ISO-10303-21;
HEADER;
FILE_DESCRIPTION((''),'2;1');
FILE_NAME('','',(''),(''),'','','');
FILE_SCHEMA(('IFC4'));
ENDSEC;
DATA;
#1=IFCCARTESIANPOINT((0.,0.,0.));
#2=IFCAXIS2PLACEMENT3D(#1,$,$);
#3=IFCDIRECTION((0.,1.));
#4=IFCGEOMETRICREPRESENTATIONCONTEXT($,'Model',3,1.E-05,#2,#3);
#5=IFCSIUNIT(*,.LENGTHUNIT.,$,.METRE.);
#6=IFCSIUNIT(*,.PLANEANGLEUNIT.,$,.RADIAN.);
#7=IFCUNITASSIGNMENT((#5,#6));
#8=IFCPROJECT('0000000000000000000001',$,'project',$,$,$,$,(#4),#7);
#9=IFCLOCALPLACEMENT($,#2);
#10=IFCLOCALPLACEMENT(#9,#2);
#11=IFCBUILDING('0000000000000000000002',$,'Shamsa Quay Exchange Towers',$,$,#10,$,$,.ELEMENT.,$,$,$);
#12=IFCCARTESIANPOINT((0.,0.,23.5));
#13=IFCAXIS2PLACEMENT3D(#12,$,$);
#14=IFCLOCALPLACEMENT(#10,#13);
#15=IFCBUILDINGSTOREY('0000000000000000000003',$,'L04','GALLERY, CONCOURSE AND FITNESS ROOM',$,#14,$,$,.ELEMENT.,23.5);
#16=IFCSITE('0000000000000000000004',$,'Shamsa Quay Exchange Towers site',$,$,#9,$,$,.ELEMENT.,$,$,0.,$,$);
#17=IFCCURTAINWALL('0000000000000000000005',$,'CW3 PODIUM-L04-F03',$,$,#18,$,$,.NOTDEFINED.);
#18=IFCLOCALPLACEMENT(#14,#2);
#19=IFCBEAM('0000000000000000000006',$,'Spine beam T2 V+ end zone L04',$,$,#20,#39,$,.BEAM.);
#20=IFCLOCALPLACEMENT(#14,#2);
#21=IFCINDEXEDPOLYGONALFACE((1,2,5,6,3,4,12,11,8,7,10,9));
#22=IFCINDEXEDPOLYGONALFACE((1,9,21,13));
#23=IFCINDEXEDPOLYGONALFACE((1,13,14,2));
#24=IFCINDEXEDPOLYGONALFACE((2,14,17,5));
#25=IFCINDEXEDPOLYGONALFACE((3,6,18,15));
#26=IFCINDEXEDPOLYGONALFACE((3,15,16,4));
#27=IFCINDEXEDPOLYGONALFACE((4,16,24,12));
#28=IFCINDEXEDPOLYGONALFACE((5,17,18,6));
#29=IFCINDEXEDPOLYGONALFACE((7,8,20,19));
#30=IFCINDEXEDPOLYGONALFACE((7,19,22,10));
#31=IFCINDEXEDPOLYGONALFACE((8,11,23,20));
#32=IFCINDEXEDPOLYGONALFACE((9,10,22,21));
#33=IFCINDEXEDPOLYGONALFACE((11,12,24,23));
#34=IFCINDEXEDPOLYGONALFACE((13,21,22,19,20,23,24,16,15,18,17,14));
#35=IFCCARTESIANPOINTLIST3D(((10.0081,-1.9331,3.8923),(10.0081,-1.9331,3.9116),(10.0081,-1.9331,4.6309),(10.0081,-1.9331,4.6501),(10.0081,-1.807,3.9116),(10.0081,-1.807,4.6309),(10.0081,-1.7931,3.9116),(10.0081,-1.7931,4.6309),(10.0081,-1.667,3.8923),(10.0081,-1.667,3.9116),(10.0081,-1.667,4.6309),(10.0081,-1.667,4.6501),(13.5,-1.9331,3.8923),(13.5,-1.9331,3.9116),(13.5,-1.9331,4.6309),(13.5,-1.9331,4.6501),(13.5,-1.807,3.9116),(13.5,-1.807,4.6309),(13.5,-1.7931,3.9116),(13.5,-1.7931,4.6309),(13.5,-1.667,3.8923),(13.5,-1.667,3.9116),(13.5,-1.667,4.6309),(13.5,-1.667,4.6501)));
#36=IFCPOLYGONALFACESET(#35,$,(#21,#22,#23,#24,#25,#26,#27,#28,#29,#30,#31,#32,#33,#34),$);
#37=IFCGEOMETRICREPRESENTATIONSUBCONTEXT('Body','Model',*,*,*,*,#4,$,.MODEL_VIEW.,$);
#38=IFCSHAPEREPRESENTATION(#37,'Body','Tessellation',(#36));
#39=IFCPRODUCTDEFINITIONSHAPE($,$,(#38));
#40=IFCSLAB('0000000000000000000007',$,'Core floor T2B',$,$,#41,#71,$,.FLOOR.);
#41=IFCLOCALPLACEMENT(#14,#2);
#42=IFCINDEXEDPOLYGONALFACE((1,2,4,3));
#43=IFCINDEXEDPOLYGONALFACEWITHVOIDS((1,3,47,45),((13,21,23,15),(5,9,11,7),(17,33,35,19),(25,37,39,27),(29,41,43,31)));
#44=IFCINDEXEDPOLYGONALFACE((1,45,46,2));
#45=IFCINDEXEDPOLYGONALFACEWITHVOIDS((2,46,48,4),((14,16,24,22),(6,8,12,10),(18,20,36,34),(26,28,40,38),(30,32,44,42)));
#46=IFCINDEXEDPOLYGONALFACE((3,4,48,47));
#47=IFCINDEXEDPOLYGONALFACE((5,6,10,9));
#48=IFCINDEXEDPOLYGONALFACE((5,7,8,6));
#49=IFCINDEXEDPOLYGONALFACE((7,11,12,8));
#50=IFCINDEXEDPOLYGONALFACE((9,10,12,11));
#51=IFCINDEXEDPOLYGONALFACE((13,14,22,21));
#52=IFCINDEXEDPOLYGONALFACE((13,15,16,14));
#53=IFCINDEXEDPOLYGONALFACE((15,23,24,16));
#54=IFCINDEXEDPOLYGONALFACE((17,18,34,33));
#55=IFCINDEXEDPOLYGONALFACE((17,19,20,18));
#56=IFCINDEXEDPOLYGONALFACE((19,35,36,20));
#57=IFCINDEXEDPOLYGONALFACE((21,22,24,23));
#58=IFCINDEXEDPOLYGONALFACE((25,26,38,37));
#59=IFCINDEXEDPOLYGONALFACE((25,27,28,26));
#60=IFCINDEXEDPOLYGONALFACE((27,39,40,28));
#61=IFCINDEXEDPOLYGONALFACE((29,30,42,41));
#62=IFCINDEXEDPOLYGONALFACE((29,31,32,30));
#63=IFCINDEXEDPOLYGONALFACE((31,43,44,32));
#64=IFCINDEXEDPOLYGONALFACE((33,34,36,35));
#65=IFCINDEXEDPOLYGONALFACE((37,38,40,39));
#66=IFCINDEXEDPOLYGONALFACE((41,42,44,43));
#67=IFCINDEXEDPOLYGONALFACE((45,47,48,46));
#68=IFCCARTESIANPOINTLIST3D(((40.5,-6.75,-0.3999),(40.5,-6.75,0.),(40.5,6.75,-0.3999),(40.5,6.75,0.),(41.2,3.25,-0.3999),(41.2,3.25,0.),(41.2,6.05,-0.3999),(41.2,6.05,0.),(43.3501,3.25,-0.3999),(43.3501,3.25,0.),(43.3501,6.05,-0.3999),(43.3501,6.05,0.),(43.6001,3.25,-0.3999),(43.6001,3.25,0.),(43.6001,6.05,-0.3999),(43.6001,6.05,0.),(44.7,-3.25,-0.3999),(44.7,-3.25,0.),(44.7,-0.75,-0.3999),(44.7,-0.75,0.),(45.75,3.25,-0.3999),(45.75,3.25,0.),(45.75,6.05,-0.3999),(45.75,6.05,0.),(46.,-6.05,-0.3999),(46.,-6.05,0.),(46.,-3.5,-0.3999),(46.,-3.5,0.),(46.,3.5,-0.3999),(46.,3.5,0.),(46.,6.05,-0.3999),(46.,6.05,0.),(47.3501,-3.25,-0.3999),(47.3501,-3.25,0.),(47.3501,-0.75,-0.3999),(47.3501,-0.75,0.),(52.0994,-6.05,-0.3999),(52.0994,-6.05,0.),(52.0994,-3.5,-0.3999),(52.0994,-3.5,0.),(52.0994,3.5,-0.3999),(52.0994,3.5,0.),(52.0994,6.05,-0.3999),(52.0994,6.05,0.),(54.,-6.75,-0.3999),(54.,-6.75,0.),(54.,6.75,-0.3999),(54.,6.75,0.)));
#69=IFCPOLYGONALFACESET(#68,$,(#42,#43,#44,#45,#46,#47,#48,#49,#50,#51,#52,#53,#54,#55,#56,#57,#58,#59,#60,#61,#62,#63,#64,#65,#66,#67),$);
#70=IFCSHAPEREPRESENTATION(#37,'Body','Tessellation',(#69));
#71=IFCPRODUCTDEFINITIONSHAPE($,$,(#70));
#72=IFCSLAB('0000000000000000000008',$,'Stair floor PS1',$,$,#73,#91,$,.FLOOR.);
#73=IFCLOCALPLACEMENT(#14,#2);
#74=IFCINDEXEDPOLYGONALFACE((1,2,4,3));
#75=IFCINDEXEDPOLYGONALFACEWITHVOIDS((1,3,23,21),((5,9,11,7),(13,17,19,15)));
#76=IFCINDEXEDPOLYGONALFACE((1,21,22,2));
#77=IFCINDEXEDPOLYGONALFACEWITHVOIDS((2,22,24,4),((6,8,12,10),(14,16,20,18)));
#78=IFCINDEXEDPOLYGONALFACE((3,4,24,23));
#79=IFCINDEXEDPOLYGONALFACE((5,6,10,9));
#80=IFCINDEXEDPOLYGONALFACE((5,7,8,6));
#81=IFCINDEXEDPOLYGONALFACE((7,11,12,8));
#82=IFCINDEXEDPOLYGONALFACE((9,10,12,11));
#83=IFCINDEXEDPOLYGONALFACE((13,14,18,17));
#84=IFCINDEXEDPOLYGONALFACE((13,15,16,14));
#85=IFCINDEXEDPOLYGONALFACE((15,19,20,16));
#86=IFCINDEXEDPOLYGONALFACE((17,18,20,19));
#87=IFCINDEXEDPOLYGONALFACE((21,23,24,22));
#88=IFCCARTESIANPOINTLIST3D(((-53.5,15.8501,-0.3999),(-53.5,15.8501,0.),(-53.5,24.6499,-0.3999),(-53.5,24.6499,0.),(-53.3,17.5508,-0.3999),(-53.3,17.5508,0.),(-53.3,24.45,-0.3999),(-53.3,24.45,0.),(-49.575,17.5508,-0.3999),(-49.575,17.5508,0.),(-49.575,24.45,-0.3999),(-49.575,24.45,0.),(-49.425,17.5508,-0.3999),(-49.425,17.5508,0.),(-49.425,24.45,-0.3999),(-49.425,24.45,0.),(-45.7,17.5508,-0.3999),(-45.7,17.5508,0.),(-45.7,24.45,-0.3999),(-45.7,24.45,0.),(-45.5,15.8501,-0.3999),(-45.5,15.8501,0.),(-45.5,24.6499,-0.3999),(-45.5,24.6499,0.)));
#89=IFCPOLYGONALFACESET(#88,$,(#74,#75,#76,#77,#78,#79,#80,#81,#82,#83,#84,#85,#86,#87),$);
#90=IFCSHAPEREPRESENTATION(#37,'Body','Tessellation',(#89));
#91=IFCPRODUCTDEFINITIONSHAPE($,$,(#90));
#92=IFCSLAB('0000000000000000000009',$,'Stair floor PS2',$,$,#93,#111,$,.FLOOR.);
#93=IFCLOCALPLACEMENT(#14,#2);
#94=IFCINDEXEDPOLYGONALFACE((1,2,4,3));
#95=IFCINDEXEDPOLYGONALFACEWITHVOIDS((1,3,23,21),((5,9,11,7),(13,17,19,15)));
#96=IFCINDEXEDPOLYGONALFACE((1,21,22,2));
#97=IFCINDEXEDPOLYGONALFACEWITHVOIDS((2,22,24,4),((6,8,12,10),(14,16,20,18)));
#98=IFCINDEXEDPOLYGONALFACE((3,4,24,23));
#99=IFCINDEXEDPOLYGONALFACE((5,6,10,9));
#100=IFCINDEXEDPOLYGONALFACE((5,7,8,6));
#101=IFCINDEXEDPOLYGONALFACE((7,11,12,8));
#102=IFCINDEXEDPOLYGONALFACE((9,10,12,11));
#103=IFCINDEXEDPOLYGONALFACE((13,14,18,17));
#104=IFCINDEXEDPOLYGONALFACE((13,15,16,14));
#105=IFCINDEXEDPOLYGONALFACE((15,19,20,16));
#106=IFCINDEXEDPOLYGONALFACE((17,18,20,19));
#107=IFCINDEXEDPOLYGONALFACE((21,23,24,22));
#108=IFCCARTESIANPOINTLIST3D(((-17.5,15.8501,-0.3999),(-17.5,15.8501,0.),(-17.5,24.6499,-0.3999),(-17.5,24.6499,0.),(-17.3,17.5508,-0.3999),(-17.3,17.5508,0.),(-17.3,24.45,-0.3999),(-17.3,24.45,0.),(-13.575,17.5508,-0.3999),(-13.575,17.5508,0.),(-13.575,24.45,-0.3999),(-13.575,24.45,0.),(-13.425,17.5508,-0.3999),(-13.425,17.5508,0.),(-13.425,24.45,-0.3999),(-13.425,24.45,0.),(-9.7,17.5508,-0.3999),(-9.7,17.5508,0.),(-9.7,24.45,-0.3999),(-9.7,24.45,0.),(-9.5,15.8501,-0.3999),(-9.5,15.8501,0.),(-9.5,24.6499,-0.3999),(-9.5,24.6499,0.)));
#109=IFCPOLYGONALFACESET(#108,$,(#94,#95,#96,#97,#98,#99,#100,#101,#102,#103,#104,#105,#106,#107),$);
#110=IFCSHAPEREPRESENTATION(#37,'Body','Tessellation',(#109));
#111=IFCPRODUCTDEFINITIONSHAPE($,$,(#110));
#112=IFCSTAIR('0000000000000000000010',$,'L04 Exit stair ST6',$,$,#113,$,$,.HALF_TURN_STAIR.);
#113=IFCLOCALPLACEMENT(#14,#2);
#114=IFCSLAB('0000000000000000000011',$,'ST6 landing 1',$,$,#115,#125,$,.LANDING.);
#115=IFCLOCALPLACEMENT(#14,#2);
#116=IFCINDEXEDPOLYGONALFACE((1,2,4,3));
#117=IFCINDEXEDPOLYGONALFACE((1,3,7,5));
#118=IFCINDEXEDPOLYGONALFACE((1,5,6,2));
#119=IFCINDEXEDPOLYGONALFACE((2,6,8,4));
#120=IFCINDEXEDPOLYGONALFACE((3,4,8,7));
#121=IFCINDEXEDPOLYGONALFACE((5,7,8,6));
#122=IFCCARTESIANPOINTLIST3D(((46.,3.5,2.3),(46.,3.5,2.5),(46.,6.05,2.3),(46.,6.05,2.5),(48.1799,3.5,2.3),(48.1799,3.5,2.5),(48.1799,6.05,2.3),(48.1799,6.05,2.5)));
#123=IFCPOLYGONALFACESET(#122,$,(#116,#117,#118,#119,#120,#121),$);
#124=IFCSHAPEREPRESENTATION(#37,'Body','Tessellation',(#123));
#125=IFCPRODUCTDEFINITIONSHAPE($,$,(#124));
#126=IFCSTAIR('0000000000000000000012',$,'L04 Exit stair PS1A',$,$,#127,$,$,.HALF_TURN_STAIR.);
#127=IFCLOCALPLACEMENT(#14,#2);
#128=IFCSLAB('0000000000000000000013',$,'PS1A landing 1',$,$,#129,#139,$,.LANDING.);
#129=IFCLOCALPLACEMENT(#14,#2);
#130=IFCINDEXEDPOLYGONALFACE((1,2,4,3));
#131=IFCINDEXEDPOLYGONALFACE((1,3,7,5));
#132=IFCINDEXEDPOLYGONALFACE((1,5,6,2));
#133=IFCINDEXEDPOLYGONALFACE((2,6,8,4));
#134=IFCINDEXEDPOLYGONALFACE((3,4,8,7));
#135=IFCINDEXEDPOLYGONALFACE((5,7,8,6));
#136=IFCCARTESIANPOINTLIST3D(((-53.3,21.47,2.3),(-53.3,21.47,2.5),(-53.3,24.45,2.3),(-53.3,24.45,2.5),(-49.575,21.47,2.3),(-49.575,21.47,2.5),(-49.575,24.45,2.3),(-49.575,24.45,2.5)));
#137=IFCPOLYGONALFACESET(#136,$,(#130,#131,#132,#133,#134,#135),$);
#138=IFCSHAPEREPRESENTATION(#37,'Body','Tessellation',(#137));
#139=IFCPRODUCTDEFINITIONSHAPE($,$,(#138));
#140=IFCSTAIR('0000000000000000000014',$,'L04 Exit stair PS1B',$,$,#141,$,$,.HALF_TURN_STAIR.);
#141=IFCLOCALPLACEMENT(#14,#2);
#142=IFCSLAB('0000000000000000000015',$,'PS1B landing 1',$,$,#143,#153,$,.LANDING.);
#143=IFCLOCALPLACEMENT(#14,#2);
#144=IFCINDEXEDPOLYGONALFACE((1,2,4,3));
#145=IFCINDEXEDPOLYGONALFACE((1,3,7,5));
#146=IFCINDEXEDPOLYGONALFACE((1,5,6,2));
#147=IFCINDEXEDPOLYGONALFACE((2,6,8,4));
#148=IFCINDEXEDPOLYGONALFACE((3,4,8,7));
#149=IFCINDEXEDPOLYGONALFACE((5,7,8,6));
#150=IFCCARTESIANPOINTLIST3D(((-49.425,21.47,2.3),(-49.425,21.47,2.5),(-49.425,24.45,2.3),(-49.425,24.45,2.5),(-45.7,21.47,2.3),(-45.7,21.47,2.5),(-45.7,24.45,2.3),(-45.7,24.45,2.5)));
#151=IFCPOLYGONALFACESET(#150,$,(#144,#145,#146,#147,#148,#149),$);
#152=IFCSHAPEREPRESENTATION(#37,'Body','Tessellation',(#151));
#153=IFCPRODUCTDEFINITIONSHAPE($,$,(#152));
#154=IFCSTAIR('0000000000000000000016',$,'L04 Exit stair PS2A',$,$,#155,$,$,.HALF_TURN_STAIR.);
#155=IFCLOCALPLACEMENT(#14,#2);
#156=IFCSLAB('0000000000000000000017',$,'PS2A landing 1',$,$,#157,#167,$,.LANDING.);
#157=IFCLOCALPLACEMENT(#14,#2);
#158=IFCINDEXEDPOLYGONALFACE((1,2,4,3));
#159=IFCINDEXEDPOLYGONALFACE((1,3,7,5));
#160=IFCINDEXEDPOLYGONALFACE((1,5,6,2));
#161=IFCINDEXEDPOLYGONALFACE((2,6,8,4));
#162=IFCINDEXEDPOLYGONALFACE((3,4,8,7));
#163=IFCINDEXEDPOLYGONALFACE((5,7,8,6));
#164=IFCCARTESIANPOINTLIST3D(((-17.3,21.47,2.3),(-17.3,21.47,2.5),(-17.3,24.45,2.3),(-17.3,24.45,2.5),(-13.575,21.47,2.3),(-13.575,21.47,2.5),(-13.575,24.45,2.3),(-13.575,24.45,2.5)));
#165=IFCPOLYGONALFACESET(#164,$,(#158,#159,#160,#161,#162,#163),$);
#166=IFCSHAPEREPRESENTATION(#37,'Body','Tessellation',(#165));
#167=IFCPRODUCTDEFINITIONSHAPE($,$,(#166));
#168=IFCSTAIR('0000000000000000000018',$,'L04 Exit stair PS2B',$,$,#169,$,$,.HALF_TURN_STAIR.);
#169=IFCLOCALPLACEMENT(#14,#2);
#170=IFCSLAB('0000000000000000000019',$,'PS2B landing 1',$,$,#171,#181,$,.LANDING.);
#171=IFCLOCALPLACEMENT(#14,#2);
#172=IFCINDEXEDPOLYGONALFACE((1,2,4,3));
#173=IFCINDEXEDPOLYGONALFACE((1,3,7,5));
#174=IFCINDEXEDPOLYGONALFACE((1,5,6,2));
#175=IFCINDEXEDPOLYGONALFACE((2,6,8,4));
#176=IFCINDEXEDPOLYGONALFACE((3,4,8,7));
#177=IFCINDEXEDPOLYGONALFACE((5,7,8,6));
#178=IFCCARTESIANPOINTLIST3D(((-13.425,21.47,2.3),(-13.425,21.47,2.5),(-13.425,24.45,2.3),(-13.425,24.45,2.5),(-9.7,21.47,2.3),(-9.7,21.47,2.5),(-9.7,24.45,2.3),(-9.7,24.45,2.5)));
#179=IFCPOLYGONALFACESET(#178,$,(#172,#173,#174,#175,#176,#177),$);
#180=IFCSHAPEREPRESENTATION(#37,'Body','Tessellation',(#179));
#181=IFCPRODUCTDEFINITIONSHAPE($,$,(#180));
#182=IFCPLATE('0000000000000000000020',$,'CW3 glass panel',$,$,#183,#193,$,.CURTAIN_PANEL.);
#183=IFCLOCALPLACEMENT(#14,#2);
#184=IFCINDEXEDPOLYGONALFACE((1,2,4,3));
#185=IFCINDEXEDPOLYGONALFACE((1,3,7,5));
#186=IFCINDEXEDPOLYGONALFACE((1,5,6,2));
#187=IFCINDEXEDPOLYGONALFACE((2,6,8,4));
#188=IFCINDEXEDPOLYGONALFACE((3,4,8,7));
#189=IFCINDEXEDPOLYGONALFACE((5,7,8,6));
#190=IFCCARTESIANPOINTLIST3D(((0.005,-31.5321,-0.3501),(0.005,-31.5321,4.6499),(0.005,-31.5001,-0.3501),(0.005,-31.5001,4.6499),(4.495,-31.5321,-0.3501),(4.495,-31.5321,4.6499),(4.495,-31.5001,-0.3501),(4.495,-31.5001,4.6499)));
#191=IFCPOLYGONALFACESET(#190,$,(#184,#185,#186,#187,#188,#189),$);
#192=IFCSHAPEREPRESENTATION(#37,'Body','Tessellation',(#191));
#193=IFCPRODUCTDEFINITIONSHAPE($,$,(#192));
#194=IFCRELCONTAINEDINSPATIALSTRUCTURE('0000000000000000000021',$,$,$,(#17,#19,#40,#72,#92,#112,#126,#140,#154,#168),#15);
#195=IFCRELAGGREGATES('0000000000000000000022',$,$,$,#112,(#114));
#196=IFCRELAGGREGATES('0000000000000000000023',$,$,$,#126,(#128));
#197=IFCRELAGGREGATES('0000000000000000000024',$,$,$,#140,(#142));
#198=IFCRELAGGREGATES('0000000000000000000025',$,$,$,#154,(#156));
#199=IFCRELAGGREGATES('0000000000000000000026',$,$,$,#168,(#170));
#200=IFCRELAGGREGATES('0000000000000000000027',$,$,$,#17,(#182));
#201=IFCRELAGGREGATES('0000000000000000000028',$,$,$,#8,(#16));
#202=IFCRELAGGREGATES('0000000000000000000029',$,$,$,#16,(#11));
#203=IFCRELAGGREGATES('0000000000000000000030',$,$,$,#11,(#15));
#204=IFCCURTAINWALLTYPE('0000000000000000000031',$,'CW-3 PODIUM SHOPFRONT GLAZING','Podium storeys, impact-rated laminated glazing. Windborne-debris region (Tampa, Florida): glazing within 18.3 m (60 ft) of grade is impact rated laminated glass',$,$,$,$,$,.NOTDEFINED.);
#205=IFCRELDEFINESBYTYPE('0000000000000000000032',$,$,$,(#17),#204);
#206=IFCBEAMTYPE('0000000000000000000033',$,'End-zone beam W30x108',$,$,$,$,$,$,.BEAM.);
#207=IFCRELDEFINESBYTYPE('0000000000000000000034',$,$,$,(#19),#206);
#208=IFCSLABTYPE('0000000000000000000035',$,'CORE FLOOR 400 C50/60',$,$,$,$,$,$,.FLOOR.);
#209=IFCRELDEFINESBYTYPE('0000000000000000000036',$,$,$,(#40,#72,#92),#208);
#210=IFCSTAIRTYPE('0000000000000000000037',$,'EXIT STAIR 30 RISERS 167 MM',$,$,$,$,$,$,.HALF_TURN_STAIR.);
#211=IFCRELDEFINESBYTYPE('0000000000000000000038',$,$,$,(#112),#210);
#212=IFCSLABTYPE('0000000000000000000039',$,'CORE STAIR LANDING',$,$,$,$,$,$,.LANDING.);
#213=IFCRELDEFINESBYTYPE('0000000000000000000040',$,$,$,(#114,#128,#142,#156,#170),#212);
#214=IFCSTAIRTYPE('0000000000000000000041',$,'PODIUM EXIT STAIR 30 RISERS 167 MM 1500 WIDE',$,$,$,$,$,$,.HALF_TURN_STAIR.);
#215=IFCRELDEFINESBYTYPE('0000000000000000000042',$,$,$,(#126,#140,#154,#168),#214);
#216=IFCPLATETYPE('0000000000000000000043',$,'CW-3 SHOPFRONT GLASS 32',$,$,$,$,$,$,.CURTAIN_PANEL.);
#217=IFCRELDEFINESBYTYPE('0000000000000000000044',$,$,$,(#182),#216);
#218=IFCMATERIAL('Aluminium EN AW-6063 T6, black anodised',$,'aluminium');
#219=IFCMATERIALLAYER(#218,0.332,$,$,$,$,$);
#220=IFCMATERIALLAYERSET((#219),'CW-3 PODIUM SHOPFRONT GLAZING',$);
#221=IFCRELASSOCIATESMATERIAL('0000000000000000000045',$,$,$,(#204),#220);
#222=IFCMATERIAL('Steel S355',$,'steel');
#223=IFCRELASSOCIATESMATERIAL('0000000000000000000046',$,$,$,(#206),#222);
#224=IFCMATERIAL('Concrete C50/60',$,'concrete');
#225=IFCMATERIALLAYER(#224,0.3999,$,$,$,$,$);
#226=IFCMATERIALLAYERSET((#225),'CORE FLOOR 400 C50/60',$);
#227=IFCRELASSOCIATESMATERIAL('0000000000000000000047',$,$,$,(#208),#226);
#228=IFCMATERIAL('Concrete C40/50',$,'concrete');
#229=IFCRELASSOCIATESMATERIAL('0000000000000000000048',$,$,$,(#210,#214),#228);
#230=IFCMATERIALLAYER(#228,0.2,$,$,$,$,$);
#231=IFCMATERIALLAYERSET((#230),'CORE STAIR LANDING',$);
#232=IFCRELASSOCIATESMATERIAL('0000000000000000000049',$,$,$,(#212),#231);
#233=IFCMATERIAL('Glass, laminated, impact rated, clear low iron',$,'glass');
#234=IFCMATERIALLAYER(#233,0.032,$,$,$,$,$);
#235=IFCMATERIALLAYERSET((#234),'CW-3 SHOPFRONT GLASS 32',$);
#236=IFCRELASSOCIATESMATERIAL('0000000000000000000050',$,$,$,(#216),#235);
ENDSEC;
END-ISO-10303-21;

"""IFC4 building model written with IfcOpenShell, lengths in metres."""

from ifc_helpers import new_model, si_unit, direction, frame, origin, origin_2d, place, context, subcontext, project, spatial, polyline, rectangle, i_section, outline, extrude, material, layer, layer_set, material_profile, profile_set, type_object, element, aggregate, save


model = new_model("IFC4")

# Units and contexts
model_context = context("Model", 3, precision=1e-05, world=origin(), true_north=direction((0.0, 1.0)))
body_context = subcontext(model_context, "Body", "Model", "MODEL_VIEW")
ifc_project = project(units=[si_unit("LENGTHUNIT", "METRE"), si_unit("PLANEANGLEUNIT", "RADIAN")], contexts=[model_context])

# Site, building, storey
site_placement = place(None, origin())
site = spatial("IfcSite", under=ifc_project, at=site_placement, Name="Shamsa Quay Exchange Towers site", CompositionType="ELEMENT", RefElevation=0.0)
building_placement = place(site_placement, origin())
building = spatial("IfcBuilding", under=site, at=building_placement, Name="Shamsa Quay Exchange Towers", CompositionType="ELEMENT")
storey_placement = place(building_placement, frame((0.0, 0.0, 23.5)))
storey = spatial("IfcBuildingStorey", under=building, at=storey_placement, Name="L04", Description="GALLERY, CONCOURSE AND FITNESS ROOM", CompositionType="ELEMENT", Elevation=23.5)

# Curtain wall
ifc_material_1 = material(Name="Aluminium EN AW-6063 T6, black anodised", Category="aluminium")
ifc_layer_1 = layer(ifc_material_1, 0.332)
ifc_layer_set_1 = layer_set([ifc_layer_1], Name="CW-3 PODIUM SHOPFRONT GLAZING")
curtain_wall_type = type_object("IfcCurtainWallType", Name="CW-3 PODIUM SHOPFRONT GLAZING", Description="Podium storeys, impact-rated laminated glazing. Windborne-debris region (Tampa, Florida): glazing within 18.3 m (60 ft) of grade is impact rated laminated glass", PredefinedType="NOTDEFINED", material=ifc_layer_set_1)
curtain_wall_placement = place(storey_placement, origin())
curtain_wall = element("IfcCurtainWall", 1, at=curtain_wall_placement, inside=storey, type_object=curtain_wall_type, Name="CW3 PODIUM-L04-F03", PredefinedType="NOTDEFINED")

# Beam
ifc_material_2 = material(Name="Steel S355", Category="steel")
ifc_material_profile_1 = material_profile(ifc_material_2, i_section(OverallWidth=0.2661, OverallDepth=0.7578, WebThickness=0.0139, FlangeThickness=0.0193, at=origin_2d()), Name="W30x108")
ifc_profile_set_1 = profile_set([ifc_material_profile_1], Name="Steel S355")
beam_type = type_object("IfcBeamType", Name="End-zone beam W30x108", PredefinedType="BEAM", material=ifc_profile_set_1)
beam_1_placement = place(storey_placement, frame((13.5, -1.8, 4.2712), z_axis=(-1.0, 0.0, 0.0), x_axis=(0.0, -1.0, 0.0)))
element("IfcBeam", 2, at=beam_1_placement, inside=storey, type_object=beam_type, Name="Spine beam T2 V+ end zone L04", PredefinedType="BEAM", context=body_context, shape_type="SweptSolid", body=[
    extrude(i_section(OverallWidth=0.2661, OverallDepth=0.7578, WebThickness=0.0139, FlangeThickness=0.0193, at=origin_2d()), origin(), (0.0, 0.0, 1.0), 3.4919),
])

# Slabs
ifc_material_3 = material(Name="Concrete C50/60", Category="concrete")
ifc_layer_2 = layer(ifc_material_3, 0.3999)
ifc_layer_set_2 = layer_set([ifc_layer_2], Name="CORE FLOOR 400 C50/60")
slab_type_1 = type_object("IfcSlabType", Name="CORE FLOOR 400 C50/60", PredefinedType="FLOOR", material=ifc_layer_set_2)
slab_1_placement = place(storey_placement, frame((0.0, 0.0, -0.3999)))
element("IfcSlab", 3, at=slab_1_placement, inside=storey, type_object=slab_type_1, Name="Core floor T2B", PredefinedType="FLOOR", context=body_context, shape_type="SweptSolid", body=[
    extrude(outline(polyline([(54.0, -6.75), (54.0, 6.75), (40.5, 6.75), (40.5, -6.75), (54.0, -6.75)]), holes=[polyline([(52.0994, -3.5), (52.0994, -6.05), (46.0, -6.05), (46.0, -3.5), (52.0994, -3.5)]), polyline([(52.0994, 6.05), (52.0994, 3.5), (46.0, 3.5), (46.0, 6.05), (52.0994, 6.05)]), polyline([(45.75, 3.25), (43.6001, 3.25), (43.6001, 6.05), (45.75, 6.05), (45.75, 3.25)]), polyline([(43.3501, 3.25), (41.2, 3.25), (41.2, 6.05), (43.3501, 6.05), (43.3501, 3.25)]), polyline([(47.3501, -3.25), (44.7, -3.25), (44.7, -0.75), (47.3501, -0.75), (47.3501, -3.25)])]), origin(), (0.0, 0.0, 1.0), 0.3999),
])
slab_2_placement = place(storey_placement, frame((0.0, 0.0, -0.3999)))
element("IfcSlab", 4, at=slab_2_placement, inside=storey, type_object=slab_type_1, Name="Stair floor PS1", PredefinedType="FLOOR", context=body_context, shape_type="SweptSolid", body=[
    extrude(outline(polyline([(-53.5, 15.8501), (-45.5, 15.8501), (-45.5, 24.6499), (-53.5, 24.6499), (-53.5, 15.8501)]), holes=[polyline([(-49.575, 17.5508), (-53.3, 17.5508), (-53.3, 24.45), (-49.575, 24.45), (-49.575, 17.5508)]), polyline([(-45.7, 17.5508), (-49.425, 17.5508), (-49.425, 24.45), (-45.7, 24.45), (-45.7, 17.5508)])]), origin(), (0.0, 0.0, 1.0), 0.3999),
])
slab_3_placement = place(storey_placement, frame((0.0, 0.0, -0.3999)))
element("IfcSlab", 5, at=slab_3_placement, inside=storey, type_object=slab_type_1, Name="Stair floor PS2", PredefinedType="FLOOR", context=body_context, shape_type="SweptSolid", body=[
    extrude(outline(polyline([(-17.5, 15.8501), (-9.5, 15.8501), (-9.5, 24.6499), (-17.5, 24.6499), (-17.5, 15.8501)]), holes=[polyline([(-13.575, 17.5508), (-17.3, 17.5508), (-17.3, 24.45), (-13.575, 24.45), (-13.575, 17.5508)]), polyline([(-9.7, 17.5508), (-13.425, 17.5508), (-13.425, 24.45), (-9.7, 24.45), (-9.7, 17.5508)])]), origin(), (0.0, 0.0, 1.0), 0.3999),
])

# Stairs, slabs
ifc_material_4 = material(Name="Concrete C40/50", Category="concrete")
stair_type_1 = type_object("IfcStairType", Name="EXIT STAIR 30 RISERS 167 MM", PredefinedType="HALF_TURN_STAIR", material=ifc_material_4)
stair_1_placement = place(storey_placement, origin())
stair_1 = element("IfcStair", 6, at=stair_1_placement, inside=storey, type_object=stair_type_1, Name="L04 Exit stair ST6", PredefinedType="HALF_TURN_STAIR")
ifc_layer_3 = layer(ifc_material_4, 0.2)
ifc_layer_set_3 = layer_set([ifc_layer_3], Name="CORE STAIR LANDING")
slab_type_2 = type_object("IfcSlabType", Name="CORE STAIR LANDING", PredefinedType="LANDING", material=ifc_layer_set_3)
slab_4_placement = place(storey_placement, frame((0.0, 0.0, 2.3)))
slab_4 = element("IfcSlab", 7, at=slab_4_placement, type_object=slab_type_2, Name="ST6 landing 1", PredefinedType="LANDING", context=body_context, shape_type="SweptSolid", body=[
    extrude(outline(polyline([(48.1799, 6.05), (46.0, 6.05), (46.0, 3.5), (48.1799, 3.5), (48.1799, 6.05)])), origin(), (0.0, 0.0, 1.0), 0.2),
])
aggregate(stair_1, [slab_4])
stair_type_2 = type_object("IfcStairType", Name="PODIUM EXIT STAIR 30 RISERS 167 MM 1500 WIDE", PredefinedType="HALF_TURN_STAIR", material=ifc_material_4)
stair_2_placement = place(storey_placement, origin())
stair_2 = element("IfcStair", 8, at=stair_2_placement, inside=storey, type_object=stair_type_2, Name="L04 Exit stair PS1A", PredefinedType="HALF_TURN_STAIR")
slab_5_placement = place(storey_placement, frame((0.0, 0.0, 2.3)))
slab_5 = element("IfcSlab", 9, at=slab_5_placement, type_object=slab_type_2, Name="PS1A landing 1", PredefinedType="LANDING", context=body_context, shape_type="SweptSolid", body=[
    extrude(outline(polyline([(-49.575, 21.47), (-49.575, 24.45), (-53.3, 24.45), (-53.3, 21.47), (-49.575, 21.47)])), origin(), (0.0, 0.0, 1.0), 0.2),
])
aggregate(stair_2, [slab_5])
stair_3_placement = place(storey_placement, origin())
stair_3 = element("IfcStair", 10, at=stair_3_placement, inside=storey, type_object=stair_type_2, Name="L04 Exit stair PS1B", PredefinedType="HALF_TURN_STAIR")
slab_6_placement = place(storey_placement, frame((0.0, 0.0, 2.3)))
slab_6 = element("IfcSlab", 11, at=slab_6_placement, type_object=slab_type_2, Name="PS1B landing 1", PredefinedType="LANDING", context=body_context, shape_type="SweptSolid", body=[
    extrude(outline(polyline([(-45.7, 21.47), (-45.7, 24.45), (-49.425, 24.45), (-49.425, 21.47), (-45.7, 21.47)])), origin(), (0.0, 0.0, 1.0), 0.2),
])
aggregate(stair_3, [slab_6])
stair_4_placement = place(storey_placement, origin())
stair_4 = element("IfcStair", 12, at=stair_4_placement, inside=storey, type_object=stair_type_2, Name="L04 Exit stair PS2A", PredefinedType="HALF_TURN_STAIR")
slab_7_placement = place(storey_placement, frame((0.0, 0.0, 2.3)))
slab_7 = element("IfcSlab", 13, at=slab_7_placement, type_object=slab_type_2, Name="PS2A landing 1", PredefinedType="LANDING", context=body_context, shape_type="SweptSolid", body=[
    extrude(outline(polyline([(-13.575, 21.47), (-13.575, 24.45), (-17.3, 24.45), (-17.3, 21.47), (-13.575, 21.47)])), origin(), (0.0, 0.0, 1.0), 0.2),
])
aggregate(stair_4, [slab_7])
stair_5_placement = place(storey_placement, origin())
stair_5 = element("IfcStair", 14, at=stair_5_placement, inside=storey, type_object=stair_type_2, Name="L04 Exit stair PS2B", PredefinedType="HALF_TURN_STAIR")
slab_8_placement = place(storey_placement, frame((0.0, 0.0, 2.3)))
slab_8 = element("IfcSlab", 15, at=slab_8_placement, type_object=slab_type_2, Name="PS2B landing 1", PredefinedType="LANDING", context=body_context, shape_type="SweptSolid", body=[
    extrude(outline(polyline([(-9.7, 21.47), (-9.7, 24.45), (-13.425, 24.45), (-13.425, 21.47), (-9.7, 21.47)])), origin(), (0.0, 0.0, 1.0), 0.2),
])
aggregate(stair_5, [slab_8])

# Plate
ifc_material_5 = material(Name="Glass, laminated, impact rated, clear low iron", Category="glass")
ifc_layer_4 = layer(ifc_material_5, 0.032)
ifc_layer_set_4 = layer_set([ifc_layer_4], Name="CW-3 SHOPFRONT GLASS 32")
plate_type = type_object("IfcPlateType", Name="CW-3 SHOPFRONT GLASS 32", PredefinedType="CURTAIN_PANEL", material=ifc_layer_set_4)
plate_1_placement = place(storey_placement, frame((2.25, -31.5161, -0.3501)))
plate_1 = element("IfcPlate", 16, at=plate_1_placement, type_object=plate_type, Name="CW3 glass panel", PredefinedType="CURTAIN_PANEL", context=body_context, shape_type="SweptSolid", body=[
    extrude(rectangle(XDim=4.49, YDim=0.032, at=origin_2d()), origin(), (0.0, 0.0, 1.0), 5.0),
])
aggregate(curtain_wall, [plate_1])

save(model, "model.ifc")
